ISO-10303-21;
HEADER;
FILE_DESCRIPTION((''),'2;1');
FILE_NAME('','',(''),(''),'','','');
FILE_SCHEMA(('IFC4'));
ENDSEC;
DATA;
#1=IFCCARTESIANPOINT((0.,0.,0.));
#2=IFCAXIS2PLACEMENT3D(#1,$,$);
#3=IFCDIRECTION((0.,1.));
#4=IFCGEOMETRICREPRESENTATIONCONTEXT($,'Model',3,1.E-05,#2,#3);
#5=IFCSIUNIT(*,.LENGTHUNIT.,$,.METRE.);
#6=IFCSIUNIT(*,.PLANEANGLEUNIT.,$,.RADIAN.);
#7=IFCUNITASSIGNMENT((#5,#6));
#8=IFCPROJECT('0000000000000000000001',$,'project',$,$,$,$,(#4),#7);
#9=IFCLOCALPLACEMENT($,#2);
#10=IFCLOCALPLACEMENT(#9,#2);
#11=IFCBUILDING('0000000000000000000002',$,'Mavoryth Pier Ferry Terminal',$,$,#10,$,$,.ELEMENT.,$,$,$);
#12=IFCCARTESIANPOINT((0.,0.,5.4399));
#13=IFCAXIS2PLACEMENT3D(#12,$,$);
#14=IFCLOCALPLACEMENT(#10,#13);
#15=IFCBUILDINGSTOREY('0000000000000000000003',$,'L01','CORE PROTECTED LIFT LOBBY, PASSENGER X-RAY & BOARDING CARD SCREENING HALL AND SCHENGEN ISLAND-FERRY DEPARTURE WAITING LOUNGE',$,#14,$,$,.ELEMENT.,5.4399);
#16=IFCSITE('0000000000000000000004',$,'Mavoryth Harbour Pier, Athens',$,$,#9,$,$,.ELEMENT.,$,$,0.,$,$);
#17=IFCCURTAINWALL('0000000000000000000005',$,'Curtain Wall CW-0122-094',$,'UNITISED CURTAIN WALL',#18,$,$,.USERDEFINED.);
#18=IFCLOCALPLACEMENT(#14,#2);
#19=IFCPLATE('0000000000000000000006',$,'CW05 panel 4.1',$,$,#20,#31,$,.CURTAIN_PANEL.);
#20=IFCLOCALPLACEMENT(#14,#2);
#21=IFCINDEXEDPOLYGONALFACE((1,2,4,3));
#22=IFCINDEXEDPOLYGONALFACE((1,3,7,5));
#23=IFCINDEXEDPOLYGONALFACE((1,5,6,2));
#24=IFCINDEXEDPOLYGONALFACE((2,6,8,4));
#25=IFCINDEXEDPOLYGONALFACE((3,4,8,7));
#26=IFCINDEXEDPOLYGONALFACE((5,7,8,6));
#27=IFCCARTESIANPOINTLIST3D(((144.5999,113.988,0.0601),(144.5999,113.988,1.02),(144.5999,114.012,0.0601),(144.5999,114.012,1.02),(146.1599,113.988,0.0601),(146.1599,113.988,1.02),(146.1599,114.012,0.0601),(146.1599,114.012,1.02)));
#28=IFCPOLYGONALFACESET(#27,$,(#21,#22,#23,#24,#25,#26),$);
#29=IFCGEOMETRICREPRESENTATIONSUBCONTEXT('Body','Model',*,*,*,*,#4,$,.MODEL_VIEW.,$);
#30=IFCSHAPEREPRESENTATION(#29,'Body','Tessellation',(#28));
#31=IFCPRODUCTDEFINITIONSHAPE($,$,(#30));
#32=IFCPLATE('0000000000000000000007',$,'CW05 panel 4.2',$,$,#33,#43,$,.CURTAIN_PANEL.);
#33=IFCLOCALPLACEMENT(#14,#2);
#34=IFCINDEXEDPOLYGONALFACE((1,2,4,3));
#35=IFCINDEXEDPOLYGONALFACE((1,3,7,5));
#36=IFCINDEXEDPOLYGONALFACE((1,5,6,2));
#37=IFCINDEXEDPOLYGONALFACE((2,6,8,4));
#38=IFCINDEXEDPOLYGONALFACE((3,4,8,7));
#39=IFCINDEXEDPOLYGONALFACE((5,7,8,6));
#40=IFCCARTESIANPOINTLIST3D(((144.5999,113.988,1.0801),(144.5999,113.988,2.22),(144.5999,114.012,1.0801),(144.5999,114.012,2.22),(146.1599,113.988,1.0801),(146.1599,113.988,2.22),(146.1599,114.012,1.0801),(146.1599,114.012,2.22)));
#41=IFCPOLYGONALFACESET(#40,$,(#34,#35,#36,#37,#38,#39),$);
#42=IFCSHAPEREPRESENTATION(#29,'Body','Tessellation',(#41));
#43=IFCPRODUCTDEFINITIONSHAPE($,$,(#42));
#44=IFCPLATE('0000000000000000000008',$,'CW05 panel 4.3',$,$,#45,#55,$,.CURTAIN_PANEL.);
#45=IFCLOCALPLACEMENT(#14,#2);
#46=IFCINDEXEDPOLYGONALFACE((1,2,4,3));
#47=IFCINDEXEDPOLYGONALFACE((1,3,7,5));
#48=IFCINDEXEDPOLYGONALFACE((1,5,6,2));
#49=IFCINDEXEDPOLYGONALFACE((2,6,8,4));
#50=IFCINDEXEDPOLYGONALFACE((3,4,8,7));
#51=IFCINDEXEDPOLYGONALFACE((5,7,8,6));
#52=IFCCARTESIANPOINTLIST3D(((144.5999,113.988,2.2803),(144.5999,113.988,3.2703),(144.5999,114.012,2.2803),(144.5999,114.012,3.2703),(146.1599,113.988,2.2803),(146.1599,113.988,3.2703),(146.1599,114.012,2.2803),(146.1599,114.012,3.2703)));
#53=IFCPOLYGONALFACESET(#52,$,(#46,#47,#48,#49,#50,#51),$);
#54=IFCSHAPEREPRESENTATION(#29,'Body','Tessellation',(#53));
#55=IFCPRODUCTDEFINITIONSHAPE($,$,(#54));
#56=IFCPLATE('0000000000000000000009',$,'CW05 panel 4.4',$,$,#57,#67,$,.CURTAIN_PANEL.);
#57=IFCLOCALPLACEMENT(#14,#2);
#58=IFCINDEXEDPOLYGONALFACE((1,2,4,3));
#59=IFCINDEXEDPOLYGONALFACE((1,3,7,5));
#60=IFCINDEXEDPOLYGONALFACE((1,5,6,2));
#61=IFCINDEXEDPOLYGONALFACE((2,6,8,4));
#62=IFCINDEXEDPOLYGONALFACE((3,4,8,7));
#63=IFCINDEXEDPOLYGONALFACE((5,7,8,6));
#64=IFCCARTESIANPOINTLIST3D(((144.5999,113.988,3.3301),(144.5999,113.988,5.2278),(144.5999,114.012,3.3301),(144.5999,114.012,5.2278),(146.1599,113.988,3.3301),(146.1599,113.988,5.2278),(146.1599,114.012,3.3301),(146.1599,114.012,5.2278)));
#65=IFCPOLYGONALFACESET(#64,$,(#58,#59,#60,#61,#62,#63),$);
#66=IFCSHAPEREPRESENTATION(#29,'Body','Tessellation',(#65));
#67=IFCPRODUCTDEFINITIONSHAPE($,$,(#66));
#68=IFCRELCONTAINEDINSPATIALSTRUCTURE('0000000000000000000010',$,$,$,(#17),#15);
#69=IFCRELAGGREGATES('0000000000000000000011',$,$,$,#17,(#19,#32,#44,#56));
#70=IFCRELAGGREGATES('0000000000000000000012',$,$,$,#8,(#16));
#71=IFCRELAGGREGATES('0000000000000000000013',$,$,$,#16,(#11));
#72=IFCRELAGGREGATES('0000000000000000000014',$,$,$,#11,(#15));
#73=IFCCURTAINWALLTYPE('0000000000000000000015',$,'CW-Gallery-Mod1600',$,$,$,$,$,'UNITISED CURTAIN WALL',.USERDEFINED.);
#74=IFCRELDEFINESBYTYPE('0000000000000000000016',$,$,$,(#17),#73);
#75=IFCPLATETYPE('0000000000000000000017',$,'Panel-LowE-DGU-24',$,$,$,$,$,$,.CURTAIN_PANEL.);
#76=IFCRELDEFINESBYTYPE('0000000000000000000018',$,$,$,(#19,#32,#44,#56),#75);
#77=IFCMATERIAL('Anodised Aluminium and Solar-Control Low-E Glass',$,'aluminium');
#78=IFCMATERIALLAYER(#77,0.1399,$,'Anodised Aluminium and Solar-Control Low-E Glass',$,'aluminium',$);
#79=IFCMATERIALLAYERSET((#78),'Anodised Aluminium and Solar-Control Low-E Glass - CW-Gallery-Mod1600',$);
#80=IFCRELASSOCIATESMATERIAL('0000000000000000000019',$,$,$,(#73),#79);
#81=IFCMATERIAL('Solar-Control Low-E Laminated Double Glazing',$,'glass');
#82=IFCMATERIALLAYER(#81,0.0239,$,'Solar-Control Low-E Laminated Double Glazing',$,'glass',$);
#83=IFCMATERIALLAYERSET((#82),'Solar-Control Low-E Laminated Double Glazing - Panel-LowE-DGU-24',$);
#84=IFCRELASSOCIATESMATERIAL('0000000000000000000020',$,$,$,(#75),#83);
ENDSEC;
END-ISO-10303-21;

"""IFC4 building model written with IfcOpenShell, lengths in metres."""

from ifc_helpers import new_model, si_unit, direction, frame, origin, origin_2d, place, context, subcontext, project, spatial, rectangle, extrude, material, layer, layer_set, type_object, element, aggregate, save


model = new_model("IFC4")

# Units and contexts
model_context = context("Model", 3, precision=1e-05, world=origin(), true_north=direction((0.0, 1.0)))
body_context = subcontext(model_context, "Body", "Model", "MODEL_VIEW")
ifc_project = project(units=[si_unit("LENGTHUNIT", "METRE"), si_unit("PLANEANGLEUNIT", "RADIAN")], contexts=[model_context])

# Site, building, storey
site_placement = place(None, origin())
site = spatial("IfcSite", under=ifc_project, at=site_placement, Name="Mavoryth Harbour Pier, Athens", CompositionType="ELEMENT", RefElevation=0.0)
building_placement = place(site_placement, origin())
building = spatial("IfcBuilding", under=site, at=building_placement, Name="Mavoryth Pier Ferry Terminal", CompositionType="ELEMENT")
storey_placement = place(building_placement, frame((0.0, 0.0, 5.4399)))
storey = spatial("IfcBuildingStorey", under=building, at=storey_placement, Name="L01", Description="CORE PROTECTED LIFT LOBBY, PASSENGER X-RAY & BOARDING CARD SCREENING HALL AND SCHENGEN ISLAND-FERRY DEPARTURE WAITING LOUNGE", CompositionType="ELEMENT", Elevation=5.4399)

# Curtain wall, plates
ifc_material_1 = material(Name="Anodised Aluminium and Solar-Control Low-E Glass", Category="aluminium")
ifc_layer_1 = layer(ifc_material_1, 0.1399, Name="Anodised Aluminium and Solar-Control Low-E Glass", Category="aluminium")
ifc_layer_set_1 = layer_set([ifc_layer_1], Name="Anodised Aluminium and Solar-Control Low-E Glass - CW-Gallery-Mod1600")
curtain_wall_type = type_object("IfcCurtainWallType", Name="CW-Gallery-Mod1600", ElementType="UNITISED CURTAIN WALL", PredefinedType="USERDEFINED", material=ifc_layer_set_1)
curtain_wall_placement = place(storey_placement, origin())
curtain_wall = element("IfcCurtainWall", 1, at=curtain_wall_placement, inside=storey, type_object=curtain_wall_type, Name="Curtain Wall CW-0122-094", ObjectType="UNITISED CURTAIN WALL", PredefinedType="USERDEFINED")
ifc_material_2 = material(Name="Solar-Control Low-E Laminated Double Glazing", Category="glass")
ifc_layer_2 = layer(ifc_material_2, 0.0239, Name="Solar-Control Low-E Laminated Double Glazing", Category="glass")
ifc_layer_set_2 = layer_set([ifc_layer_2], Name="Solar-Control Low-E Laminated Double Glazing - Panel-LowE-DGU-24")
plate_type = type_object("IfcPlateType", Name="Panel-LowE-DGU-24", PredefinedType="CURTAIN_PANEL", material=ifc_layer_set_2)
plate_1_placement = place(storey_placement, frame((145.3799, 114.0, 0.0601), z_axis=(0.0, 0.0, 1.0), x_axis=(-1.0, 0.0, 0.0)))
plate_1 = element("IfcPlate", 2, at=plate_1_placement, type_object=plate_type, Name="CW05 panel 4.1", PredefinedType="CURTAIN_PANEL", context=body_context, shape_type="SweptSolid", body=[
    extrude(rectangle(XDim=1.5601, YDim=0.0239, at=origin_2d()), origin(), (0.0, 0.0, 1.0), 0.96),
])
plate_2_placement = place(storey_placement, frame((145.3799, 114.0, 1.0801), z_axis=(0.0, 0.0, 1.0), x_axis=(-1.0, 0.0, 0.0)))
plate_2 = element("IfcPlate", 3, at=plate_2_placement, type_object=plate_type, Name="CW05 panel 4.2", PredefinedType="CURTAIN_PANEL", context=body_context, shape_type="SweptSolid", body=[
    extrude(rectangle(XDim=1.5601, YDim=0.0239, at=origin_2d()), origin(), (0.0, 0.0, 1.0), 1.1399),
])
plate_3_placement = place(storey_placement, frame((145.3799, 114.0, 2.2803), z_axis=(0.0, 0.0, 1.0), x_axis=(-1.0, 0.0, 0.0)))
plate_3 = element("IfcPlate", 4, at=plate_3_placement, type_object=plate_type, Name="CW05 panel 4.3", PredefinedType="CURTAIN_PANEL", context=body_context, shape_type="SweptSolid", body=[
    extrude(rectangle(XDim=1.5601, YDim=0.0239, at=origin_2d()), origin(), (0.0, 0.0, 1.0), 0.99),
])
plate_4_placement = place(storey_placement, frame((145.3799, 114.0, 3.3301), z_axis=(0.0, 0.0, 1.0), x_axis=(-1.0, 0.0, 0.0)))
plate_4 = element("IfcPlate", 5, at=plate_4_placement, type_object=plate_type, Name="CW05 panel 4.4", PredefinedType="CURTAIN_PANEL", context=body_context, shape_type="SweptSolid", body=[
    extrude(rectangle(XDim=1.5601, YDim=0.0239, at=origin_2d()), origin(), (0.0, 0.0, 1.0), 1.8977),
])
aggregate(curtain_wall, [plate_1, plate_2, plate_3, plate_4])

save(model, "model.ifc")
